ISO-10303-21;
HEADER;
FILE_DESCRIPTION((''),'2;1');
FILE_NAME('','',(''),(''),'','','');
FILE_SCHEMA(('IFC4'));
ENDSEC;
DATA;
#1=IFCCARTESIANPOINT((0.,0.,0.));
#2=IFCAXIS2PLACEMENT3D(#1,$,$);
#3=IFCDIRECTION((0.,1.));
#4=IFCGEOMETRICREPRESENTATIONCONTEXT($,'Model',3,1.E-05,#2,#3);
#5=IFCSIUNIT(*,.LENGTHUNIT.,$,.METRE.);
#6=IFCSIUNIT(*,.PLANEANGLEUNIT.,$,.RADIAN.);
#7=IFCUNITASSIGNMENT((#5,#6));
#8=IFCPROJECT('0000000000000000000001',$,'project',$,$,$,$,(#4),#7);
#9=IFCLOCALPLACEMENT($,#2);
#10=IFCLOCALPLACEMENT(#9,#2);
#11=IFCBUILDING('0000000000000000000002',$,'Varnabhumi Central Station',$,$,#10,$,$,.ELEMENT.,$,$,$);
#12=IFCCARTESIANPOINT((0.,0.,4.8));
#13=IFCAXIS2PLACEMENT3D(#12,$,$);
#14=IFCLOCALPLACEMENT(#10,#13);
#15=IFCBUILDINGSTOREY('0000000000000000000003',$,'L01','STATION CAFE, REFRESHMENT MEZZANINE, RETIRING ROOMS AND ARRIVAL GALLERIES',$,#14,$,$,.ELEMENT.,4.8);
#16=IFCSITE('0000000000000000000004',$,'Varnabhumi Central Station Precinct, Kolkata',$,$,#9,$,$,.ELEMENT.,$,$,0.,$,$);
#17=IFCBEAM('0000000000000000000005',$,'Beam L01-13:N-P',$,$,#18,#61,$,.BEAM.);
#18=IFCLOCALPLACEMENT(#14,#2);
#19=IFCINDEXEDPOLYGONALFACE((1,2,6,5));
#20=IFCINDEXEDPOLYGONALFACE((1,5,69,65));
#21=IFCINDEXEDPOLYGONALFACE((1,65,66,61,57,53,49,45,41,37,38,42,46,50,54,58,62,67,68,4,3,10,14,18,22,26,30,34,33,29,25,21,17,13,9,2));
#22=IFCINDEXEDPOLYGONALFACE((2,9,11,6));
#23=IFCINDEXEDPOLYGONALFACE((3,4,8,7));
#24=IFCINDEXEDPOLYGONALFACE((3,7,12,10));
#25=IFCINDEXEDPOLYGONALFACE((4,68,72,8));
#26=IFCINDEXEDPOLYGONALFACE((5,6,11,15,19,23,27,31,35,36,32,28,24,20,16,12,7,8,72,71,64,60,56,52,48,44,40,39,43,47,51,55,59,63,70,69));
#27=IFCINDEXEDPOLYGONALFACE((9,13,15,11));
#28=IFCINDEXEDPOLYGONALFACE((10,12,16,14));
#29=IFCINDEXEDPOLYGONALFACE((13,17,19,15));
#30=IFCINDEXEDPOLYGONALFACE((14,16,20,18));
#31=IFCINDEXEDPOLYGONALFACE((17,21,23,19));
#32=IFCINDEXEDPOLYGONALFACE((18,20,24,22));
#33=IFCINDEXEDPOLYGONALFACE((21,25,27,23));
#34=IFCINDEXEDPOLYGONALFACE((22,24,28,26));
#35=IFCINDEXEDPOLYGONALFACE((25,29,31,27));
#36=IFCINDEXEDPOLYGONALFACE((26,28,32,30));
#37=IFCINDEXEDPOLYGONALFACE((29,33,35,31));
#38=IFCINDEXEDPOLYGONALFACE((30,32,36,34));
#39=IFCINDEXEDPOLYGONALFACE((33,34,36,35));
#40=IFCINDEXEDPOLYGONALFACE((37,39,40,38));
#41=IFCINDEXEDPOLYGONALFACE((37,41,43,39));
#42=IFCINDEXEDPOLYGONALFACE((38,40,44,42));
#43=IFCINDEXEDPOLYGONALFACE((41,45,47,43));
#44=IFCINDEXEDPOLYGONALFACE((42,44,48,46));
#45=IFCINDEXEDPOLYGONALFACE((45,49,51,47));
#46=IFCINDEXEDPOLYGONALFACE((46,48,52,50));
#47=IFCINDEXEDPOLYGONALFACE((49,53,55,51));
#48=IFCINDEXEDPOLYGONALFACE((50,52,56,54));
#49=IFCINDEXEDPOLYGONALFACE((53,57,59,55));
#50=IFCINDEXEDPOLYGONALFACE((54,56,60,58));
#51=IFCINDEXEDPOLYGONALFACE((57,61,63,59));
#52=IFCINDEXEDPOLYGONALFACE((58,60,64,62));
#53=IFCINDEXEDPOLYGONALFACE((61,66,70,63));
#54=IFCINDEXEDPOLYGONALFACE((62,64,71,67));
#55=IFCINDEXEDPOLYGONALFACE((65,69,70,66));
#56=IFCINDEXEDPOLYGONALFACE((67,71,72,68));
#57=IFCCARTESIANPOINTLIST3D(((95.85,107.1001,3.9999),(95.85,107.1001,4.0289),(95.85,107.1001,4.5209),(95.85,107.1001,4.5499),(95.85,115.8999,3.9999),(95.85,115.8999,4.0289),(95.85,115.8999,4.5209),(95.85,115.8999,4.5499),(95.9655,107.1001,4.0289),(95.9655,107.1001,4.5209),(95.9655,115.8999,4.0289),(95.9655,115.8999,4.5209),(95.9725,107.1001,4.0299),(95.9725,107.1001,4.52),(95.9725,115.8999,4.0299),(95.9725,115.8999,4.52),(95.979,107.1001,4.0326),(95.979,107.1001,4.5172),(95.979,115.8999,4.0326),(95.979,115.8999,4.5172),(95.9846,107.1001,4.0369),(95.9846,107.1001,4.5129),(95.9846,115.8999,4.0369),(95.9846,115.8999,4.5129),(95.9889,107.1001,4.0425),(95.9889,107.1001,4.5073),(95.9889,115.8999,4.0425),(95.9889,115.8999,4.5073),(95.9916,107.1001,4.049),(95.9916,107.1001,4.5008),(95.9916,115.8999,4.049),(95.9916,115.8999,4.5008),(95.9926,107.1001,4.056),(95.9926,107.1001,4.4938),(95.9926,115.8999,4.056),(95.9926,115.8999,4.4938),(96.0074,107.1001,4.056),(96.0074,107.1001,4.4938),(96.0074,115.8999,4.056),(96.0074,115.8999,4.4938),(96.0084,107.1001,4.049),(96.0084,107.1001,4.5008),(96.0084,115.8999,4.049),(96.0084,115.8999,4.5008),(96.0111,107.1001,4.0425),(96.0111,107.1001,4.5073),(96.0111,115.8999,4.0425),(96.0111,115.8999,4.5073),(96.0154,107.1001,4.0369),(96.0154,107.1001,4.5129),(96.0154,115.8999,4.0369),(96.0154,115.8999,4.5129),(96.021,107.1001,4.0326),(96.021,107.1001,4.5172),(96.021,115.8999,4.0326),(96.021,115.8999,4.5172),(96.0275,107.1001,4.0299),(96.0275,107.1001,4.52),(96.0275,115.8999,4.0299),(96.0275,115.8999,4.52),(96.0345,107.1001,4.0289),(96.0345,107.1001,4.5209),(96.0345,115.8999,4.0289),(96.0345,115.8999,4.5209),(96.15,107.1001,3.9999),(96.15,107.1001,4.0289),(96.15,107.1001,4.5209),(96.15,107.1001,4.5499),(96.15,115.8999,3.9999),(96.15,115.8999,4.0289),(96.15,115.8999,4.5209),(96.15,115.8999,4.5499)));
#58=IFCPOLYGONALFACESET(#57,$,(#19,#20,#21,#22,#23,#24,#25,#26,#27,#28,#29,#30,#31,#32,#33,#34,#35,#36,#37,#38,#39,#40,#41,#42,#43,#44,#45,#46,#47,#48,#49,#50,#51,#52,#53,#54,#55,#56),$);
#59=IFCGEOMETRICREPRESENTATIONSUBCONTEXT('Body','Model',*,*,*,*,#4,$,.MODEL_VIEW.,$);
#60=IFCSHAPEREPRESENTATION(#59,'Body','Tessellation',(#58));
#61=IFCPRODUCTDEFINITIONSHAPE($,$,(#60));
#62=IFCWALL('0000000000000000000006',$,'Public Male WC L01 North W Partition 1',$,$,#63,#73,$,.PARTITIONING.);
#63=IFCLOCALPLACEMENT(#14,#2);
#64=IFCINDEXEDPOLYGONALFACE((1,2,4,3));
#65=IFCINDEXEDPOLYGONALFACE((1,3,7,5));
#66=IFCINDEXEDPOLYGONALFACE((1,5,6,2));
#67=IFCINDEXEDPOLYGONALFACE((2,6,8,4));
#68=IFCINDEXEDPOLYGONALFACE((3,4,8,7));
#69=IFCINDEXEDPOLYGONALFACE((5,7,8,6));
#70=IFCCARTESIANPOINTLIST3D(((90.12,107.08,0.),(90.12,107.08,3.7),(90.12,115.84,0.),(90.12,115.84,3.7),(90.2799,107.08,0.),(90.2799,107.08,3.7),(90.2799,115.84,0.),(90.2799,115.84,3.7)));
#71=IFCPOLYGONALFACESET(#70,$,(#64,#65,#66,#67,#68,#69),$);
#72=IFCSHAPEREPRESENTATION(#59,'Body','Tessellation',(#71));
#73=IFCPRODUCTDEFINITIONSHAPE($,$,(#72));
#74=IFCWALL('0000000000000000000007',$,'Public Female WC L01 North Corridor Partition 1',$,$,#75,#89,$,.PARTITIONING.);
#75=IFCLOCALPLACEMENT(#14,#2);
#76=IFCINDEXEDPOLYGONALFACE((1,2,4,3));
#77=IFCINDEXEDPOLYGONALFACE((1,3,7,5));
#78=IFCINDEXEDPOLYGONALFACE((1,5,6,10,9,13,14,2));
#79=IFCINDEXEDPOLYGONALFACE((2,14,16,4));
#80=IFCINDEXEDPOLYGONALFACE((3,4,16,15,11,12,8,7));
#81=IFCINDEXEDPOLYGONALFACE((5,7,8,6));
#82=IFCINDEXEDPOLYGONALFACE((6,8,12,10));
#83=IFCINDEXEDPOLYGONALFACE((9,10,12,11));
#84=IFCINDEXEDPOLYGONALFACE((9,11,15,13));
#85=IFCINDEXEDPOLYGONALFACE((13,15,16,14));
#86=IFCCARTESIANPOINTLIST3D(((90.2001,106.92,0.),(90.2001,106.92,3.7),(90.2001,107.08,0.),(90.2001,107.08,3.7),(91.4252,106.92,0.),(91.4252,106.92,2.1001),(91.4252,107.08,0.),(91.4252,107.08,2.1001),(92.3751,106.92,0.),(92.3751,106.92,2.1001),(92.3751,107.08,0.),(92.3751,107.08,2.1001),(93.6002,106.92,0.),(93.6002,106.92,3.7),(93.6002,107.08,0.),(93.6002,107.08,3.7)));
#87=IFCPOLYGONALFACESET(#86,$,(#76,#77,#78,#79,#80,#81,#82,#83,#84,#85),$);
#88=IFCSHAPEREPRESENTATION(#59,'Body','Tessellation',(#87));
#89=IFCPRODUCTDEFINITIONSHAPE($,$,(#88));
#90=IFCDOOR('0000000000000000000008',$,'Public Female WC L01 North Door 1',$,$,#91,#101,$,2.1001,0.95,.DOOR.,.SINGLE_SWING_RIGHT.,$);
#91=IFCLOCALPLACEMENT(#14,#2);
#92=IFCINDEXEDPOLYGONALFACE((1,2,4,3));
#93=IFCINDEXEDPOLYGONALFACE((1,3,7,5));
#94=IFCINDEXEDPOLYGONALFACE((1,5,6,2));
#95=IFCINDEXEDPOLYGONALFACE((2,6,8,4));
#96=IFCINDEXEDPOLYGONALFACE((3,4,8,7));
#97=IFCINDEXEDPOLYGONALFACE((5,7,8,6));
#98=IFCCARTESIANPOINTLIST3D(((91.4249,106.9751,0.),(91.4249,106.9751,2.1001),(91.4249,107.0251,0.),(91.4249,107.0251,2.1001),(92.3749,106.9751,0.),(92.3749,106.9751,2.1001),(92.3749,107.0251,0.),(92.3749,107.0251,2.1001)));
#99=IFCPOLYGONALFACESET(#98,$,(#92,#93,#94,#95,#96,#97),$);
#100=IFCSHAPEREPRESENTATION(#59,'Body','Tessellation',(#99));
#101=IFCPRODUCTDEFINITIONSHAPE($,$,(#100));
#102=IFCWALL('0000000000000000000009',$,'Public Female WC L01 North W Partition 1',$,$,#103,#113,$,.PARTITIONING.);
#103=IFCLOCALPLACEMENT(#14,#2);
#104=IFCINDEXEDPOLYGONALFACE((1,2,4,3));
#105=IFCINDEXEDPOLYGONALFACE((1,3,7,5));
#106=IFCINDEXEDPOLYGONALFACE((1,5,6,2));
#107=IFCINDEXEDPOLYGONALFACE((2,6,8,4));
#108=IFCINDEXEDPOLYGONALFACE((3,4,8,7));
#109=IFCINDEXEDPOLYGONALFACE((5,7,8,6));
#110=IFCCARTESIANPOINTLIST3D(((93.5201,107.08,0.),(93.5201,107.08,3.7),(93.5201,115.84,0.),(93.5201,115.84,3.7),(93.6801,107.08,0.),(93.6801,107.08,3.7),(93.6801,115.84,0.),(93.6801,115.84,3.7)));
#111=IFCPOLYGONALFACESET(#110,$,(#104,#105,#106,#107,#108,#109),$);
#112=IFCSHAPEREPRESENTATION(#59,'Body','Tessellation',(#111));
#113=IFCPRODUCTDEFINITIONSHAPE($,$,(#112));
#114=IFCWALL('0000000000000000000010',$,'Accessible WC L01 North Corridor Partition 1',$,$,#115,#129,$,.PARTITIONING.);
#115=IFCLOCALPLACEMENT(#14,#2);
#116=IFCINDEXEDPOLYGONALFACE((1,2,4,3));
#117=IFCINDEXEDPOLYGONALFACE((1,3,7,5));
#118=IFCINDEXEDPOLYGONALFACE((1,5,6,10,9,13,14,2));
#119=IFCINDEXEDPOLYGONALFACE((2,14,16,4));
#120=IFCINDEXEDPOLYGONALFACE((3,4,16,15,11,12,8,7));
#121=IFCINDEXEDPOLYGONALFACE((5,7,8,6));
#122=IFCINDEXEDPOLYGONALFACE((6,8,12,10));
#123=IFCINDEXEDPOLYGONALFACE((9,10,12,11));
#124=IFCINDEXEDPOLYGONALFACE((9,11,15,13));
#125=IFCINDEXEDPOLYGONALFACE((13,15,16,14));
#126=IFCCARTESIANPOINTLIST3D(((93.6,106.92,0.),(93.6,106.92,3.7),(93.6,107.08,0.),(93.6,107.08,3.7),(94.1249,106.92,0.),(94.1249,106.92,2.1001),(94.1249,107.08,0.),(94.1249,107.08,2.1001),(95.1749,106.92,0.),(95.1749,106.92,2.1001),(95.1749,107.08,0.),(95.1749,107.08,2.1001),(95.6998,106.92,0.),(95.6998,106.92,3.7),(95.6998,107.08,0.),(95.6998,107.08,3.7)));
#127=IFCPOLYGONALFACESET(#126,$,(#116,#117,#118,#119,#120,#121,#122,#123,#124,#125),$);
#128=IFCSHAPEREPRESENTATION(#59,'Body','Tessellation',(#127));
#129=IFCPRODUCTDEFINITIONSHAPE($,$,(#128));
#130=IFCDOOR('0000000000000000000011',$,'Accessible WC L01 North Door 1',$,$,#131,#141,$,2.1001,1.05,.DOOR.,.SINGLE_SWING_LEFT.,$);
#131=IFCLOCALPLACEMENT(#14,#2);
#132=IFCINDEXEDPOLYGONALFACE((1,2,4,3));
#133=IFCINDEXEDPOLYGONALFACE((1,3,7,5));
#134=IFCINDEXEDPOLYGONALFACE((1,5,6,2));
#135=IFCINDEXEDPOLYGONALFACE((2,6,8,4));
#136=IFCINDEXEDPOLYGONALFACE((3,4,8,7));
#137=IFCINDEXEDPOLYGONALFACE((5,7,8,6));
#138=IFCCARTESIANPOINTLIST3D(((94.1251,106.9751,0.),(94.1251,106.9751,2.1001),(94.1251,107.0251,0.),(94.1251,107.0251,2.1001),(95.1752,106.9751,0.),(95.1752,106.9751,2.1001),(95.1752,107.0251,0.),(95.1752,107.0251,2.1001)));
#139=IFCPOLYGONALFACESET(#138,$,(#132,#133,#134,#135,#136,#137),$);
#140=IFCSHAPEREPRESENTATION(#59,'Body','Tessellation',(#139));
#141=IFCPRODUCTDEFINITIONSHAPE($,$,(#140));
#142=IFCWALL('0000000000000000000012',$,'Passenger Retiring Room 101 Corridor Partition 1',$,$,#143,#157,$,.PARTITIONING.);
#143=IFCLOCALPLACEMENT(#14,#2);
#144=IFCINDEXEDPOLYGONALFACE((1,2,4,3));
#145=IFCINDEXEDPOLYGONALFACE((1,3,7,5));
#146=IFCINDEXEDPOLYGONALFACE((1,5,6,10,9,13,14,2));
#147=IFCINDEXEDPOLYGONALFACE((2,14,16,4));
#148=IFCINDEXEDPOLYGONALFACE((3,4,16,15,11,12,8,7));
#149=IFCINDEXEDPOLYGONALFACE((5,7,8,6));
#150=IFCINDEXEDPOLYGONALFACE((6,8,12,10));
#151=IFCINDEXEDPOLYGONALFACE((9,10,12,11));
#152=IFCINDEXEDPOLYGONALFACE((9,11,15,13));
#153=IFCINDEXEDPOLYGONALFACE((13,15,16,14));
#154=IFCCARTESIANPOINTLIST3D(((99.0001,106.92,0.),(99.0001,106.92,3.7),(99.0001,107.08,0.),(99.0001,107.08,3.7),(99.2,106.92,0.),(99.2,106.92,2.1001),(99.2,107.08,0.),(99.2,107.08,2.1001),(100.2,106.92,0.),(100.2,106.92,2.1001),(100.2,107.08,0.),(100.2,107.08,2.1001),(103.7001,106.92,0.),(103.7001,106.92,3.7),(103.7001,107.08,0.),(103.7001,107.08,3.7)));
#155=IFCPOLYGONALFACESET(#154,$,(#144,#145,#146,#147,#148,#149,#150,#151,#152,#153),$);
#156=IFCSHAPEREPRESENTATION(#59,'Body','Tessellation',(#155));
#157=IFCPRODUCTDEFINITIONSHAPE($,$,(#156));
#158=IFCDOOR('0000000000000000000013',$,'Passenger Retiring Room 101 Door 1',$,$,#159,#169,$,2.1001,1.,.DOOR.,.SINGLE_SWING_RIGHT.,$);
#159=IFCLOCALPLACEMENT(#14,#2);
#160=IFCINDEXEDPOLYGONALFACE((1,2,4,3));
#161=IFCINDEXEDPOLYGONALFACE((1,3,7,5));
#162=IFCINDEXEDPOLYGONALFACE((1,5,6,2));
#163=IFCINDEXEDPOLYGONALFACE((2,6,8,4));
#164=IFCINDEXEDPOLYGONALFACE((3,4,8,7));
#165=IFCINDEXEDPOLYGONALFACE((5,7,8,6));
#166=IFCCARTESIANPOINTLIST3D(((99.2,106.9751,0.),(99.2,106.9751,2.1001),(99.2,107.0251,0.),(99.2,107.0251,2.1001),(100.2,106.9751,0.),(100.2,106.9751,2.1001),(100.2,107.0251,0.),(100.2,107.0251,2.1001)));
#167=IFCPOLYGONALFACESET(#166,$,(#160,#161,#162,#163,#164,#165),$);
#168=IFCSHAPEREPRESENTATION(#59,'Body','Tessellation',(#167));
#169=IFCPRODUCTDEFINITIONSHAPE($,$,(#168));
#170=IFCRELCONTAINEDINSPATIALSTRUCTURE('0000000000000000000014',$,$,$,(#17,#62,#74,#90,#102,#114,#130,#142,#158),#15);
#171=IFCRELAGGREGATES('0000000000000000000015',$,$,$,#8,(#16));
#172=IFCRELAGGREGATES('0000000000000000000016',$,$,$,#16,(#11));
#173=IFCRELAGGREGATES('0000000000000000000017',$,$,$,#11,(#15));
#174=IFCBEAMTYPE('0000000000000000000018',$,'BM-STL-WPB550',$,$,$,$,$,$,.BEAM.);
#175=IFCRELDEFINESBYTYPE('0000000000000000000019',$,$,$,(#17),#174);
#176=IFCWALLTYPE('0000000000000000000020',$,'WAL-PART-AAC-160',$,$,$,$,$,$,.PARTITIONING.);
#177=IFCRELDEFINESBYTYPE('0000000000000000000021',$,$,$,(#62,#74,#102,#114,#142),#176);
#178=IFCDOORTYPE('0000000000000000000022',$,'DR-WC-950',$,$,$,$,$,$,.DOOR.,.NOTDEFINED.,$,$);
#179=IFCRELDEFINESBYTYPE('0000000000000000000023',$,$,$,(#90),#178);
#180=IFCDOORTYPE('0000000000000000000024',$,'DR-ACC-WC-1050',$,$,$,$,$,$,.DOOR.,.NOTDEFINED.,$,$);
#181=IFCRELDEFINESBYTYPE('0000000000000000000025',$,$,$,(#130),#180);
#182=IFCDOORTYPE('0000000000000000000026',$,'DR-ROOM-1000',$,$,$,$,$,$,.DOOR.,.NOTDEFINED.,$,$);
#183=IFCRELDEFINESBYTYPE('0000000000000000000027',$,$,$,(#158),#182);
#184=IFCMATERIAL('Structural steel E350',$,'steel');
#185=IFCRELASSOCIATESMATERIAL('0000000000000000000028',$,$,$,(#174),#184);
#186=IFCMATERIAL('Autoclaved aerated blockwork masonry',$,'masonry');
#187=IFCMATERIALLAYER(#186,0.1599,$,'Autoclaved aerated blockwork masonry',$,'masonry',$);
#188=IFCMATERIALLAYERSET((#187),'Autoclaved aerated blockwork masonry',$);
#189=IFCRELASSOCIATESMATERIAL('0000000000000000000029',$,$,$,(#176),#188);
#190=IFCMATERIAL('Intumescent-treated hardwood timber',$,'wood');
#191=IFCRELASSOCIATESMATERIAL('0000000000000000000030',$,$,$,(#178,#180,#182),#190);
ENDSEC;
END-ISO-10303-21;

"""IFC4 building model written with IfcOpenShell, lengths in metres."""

from ifc_helpers import new_model, si_unit, direction, frame, frame_2d, origin, origin_2d, place, context, subcontext, project, spatial, rectangle, i_section, extrude, material, layer, layer_set, material_profile, profile_set, type_object, element, fill, save


model = new_model("IFC4")

# Units and contexts
model_context = context("Model", 3, precision=1e-05, world=origin(), true_north=direction((0.0, 1.0)))
body_context = subcontext(model_context, "Body", "Model", "MODEL_VIEW")
ifc_project = project(units=[si_unit("LENGTHUNIT", "METRE"), si_unit("PLANEANGLEUNIT", "RADIAN")], contexts=[model_context])

# Site, building, storey
site_placement = place(None, origin())
site = spatial("IfcSite", under=ifc_project, at=site_placement, Name="Varnabhumi Central Station Precinct, Kolkata", CompositionType="ELEMENT", RefElevation=0.0)
building_placement = place(site_placement, origin())
building = spatial("IfcBuilding", under=site, at=building_placement, Name="Varnabhumi Central Station", CompositionType="ELEMENT")
storey_placement = place(building_placement, frame((0.0, 0.0, 4.8)))
storey = spatial("IfcBuildingStorey", under=building, at=storey_placement, Name="L01", Description="STATION CAFE, REFRESHMENT MEZZANINE, RETIRING ROOMS AND ARRIVAL GALLERIES", CompositionType="ELEMENT", Elevation=4.8)

# Beam
ifc_material_1 = material(Name="Structural steel E350", Category="steel")
ifc_material_profile_1 = material_profile(ifc_material_1, i_section(OverallWidth=0.3, OverallDepth=0.55, WebThickness=0.0149, FlangeThickness=0.0291, FilletRadius=0.0271, at=origin_2d()), Name="Structural steel E350", Category="steel")
ifc_profile_set_1 = profile_set([ifc_material_profile_1], Name="Structural steel E350")
beam_type_1 = type_object("IfcBeamType", Name="BM-STL-WPB550", PredefinedType="BEAM", material=ifc_profile_set_1)
for number, where, z_axis, x_axis, name in (
    (1, (96.0, 107.1001, 4.2749), (0.0, 1.0, 0.0), (-1.0, 0.0, 0.0), "Beam L01-13:N-P"),
):
    element("IfcBeam", number, at=place(storey_placement, frame(where, z_axis=z_axis, x_axis=x_axis)), inside=storey, type_object=beam_type_1, Name=name, PredefinedType="BEAM", context=body_context, shape_type="SweptSolid", body=[
        extrude(i_section(OverallWidth=0.3, OverallDepth=0.55, WebThickness=0.0149, FlangeThickness=0.0291, FilletRadius=0.0271, at=origin_2d()), origin(), (0.0, 0.0, 1.0), 8.7998),
    ])

# Wall
ifc_material_2 = material(Name="Autoclaved aerated blockwork masonry", Category="masonry")
ifc_layer = layer(ifc_material_2, 0.1599, Name="Autoclaved aerated blockwork masonry", Category="masonry")
ifc_layer_set = layer_set([ifc_layer], Name="Autoclaved aerated blockwork masonry")
wall_type = type_object("IfcWallType", Name="WAL-PART-AAC-160", PredefinedType="PARTITIONING", material=ifc_layer_set)
wall_1_placement = place(storey_placement, frame((90.2, 107.0801, 0.0), z_axis=(0.0, 0.0, 1.0), x_axis=(0.0, 1.0, 0.0)))
element("IfcWall", 2, at=wall_1_placement, inside=storey, type_object=wall_type, Name="Public Male WC L01 North W Partition 1", PredefinedType="PARTITIONING", context=body_context, shape_type="SweptSolid", body=[
    extrude(rectangle(XDim=8.76, YDim=0.1599, at=frame_2d((4.3799, 0.0))), origin(), (0.0, 0.0, 1.0), 3.7),
])

# Wall, opening, door
wall_2_placement = place(storey_placement, frame((90.2, 107.0, 0.0), z_axis=(0.0, 0.0, 1.0), x_axis=(1.0, 0.0, 0.0)))
wall_2 = element("IfcWall", 3, at=wall_2_placement, inside=storey, type_object=wall_type, Name="Public Female WC L01 North Corridor Partition 1", PredefinedType="PARTITIONING", context=body_context, shape_type="SweptSolid", body=[
    extrude(rectangle(XDim=3.4001, YDim=0.1599, at=frame_2d((1.7002, 0.0))), origin(), (0.0, 0.0, 1.0), 3.7),
])
opening_1_placement = place(wall_2_placement, frame((1.2251, 0.0, 0.0)))
opening_1 = element("IfcOpeningElement", 4, at=opening_1_placement, cuts=wall_2, PredefinedType="OPENING", context=body_context, shape_type="SweptSolid", body=[
    extrude(rectangle(XDim=0.95, YDim=2.1001, at=frame_2d((0.4751, 1.05))), frame((0.0, 0.0898, 0.0), z_axis=(0.0, -1.0, 0.0), x_axis=(1.0, 0.0, 0.0)), (0.0, 0.0, 1.0), 0.1799),
])
ifc_material_3 = material(Name="Intumescent-treated hardwood timber", Category="wood")
door_type_1 = type_object("IfcDoorType", Name="DR-WC-950", OperationType="NOTDEFINED", PredefinedType="DOOR", material=ifc_material_3)
door_1_placement = place(opening_1_placement, frame((0.95, 0.0, 0.0), z_axis=(0.0, 0.0, 1.0), x_axis=(-1.0, 0.0, 0.0)))
door_1 = element("IfcDoor", 5, at=door_1_placement, inside=storey, type_object=door_type_1, Name="Public Female WC L01 North Door 1", OperationType="SINGLE_SWING_RIGHT", OverallHeight=2.1001, OverallWidth=0.95, PredefinedType="DOOR", context=body_context, shape_type="SweptSolid", body=[
    extrude(rectangle(XDim=0.95, YDim=2.1001, at=frame_2d((0.4751, 1.05))), frame((0.0, 0.0249, 0.0), z_axis=(0.0, -1.0, 0.0), x_axis=(1.0, 0.0, 0.0)), (0.0, 0.0, 1.0), 0.05),
])
fill(opening_1, door_1)

# Wall
wall_3_placement = place(storey_placement, frame((93.6001, 107.0801, 0.0), z_axis=(0.0, 0.0, 1.0), x_axis=(0.0, 1.0, 0.0)))
element("IfcWall", 6, at=wall_3_placement, inside=storey, type_object=wall_type, Name="Public Female WC L01 North W Partition 1", PredefinedType="PARTITIONING", context=body_context, shape_type="SweptSolid", body=[
    extrude(rectangle(XDim=8.76, YDim=0.1599, at=frame_2d((4.3799, 0.0))), origin(), (0.0, 0.0, 1.0), 3.7),
])

# Walls, openings, doors
wall_4_placement = place(storey_placement, frame((93.6001, 107.0, 0.0), z_axis=(0.0, 0.0, 1.0), x_axis=(1.0, 0.0, 0.0)))
wall_4 = element("IfcWall", 7, at=wall_4_placement, inside=storey, type_object=wall_type, Name="Accessible WC L01 North Corridor Partition 1", PredefinedType="PARTITIONING", context=body_context, shape_type="SweptSolid", body=[
    extrude(rectangle(XDim=2.0999, YDim=0.1599, at=frame_2d((1.0498, 0.0))), origin(), (0.0, 0.0, 1.0), 3.7),
])
opening_2_placement = place(wall_4_placement, frame((0.5249, 0.0, 0.0)))
opening_2 = element("IfcOpeningElement", 8, at=opening_2_placement, cuts=wall_4, PredefinedType="OPENING", context=body_context, shape_type="SweptSolid", body=[
    extrude(rectangle(XDim=1.05, YDim=2.1001, at=frame_2d((0.5249, 1.05))), frame((0.0, 0.0898, 0.0), z_axis=(0.0, -1.0, 0.0), x_axis=(1.0, 0.0, 0.0)), (0.0, 0.0, 1.0), 0.1799),
])
door_type_2 = type_object("IfcDoorType", Name="DR-ACC-WC-1050", OperationType="NOTDEFINED", PredefinedType="DOOR", material=ifc_material_3)
door_2_placement = place(opening_2_placement, frame((1.05, 0.0, 0.0), z_axis=(0.0, 0.0, 1.0), x_axis=(-1.0, 0.0, 0.0)))
door_2 = element("IfcDoor", 9, at=door_2_placement, inside=storey, type_object=door_type_2, Name="Accessible WC L01 North Door 1", OperationType="SINGLE_SWING_LEFT", OverallHeight=2.1001, OverallWidth=1.05, PredefinedType="DOOR", context=body_context, shape_type="SweptSolid", body=[
    extrude(rectangle(XDim=1.05, YDim=2.1001, at=frame_2d((0.5249, 1.05))), frame((0.0, 0.0249, 0.0), z_axis=(0.0, -1.0, 0.0), x_axis=(1.0, 0.0, 0.0)), (0.0, 0.0, 1.0), 0.05),
])
fill(opening_2, door_2)
wall_5_placement = place(storey_placement, frame((99.0, 107.0, 0.0), z_axis=(0.0, 0.0, 1.0), x_axis=(1.0, 0.0, 0.0)))
wall_5 = element("IfcWall", 10, at=wall_5_placement, inside=storey, type_object=wall_type, Name="Passenger Retiring Room 101 Corridor Partition 1", PredefinedType="PARTITIONING", context=body_context, shape_type="SweptSolid", body=[
    extrude(rectangle(XDim=4.7, YDim=0.1599, at=frame_2d((2.3501, 0.0))), origin(), (0.0, 0.0, 1.0), 3.7),
])
opening_3_placement = place(wall_5_placement, frame((0.2, 0.0, 0.0)))
opening_3 = element("IfcOpeningElement", 11, at=opening_3_placement, cuts=wall_5, PredefinedType="OPENING", context=body_context, shape_type="SweptSolid", body=[
    extrude(rectangle(XDim=1.0, YDim=2.1001, at=frame_2d((0.5, 1.05))), frame((0.0, 0.0898, 0.0), z_axis=(0.0, -1.0, 0.0), x_axis=(1.0, 0.0, 0.0)), (0.0, 0.0, 1.0), 0.1799),
])
door_type_3 = type_object("IfcDoorType", Name="DR-ROOM-1000", OperationType="NOTDEFINED", PredefinedType="DOOR", material=ifc_material_3)
door_3_placement = place(opening_3_placement, frame((1.0, 0.0, 0.0), z_axis=(0.0, 0.0, 1.0), x_axis=(-1.0, 0.0, 0.0)))
door_3 = element("IfcDoor", 12, at=door_3_placement, inside=storey, type_object=door_type_3, Name="Passenger Retiring Room 101 Door 1", OperationType="SINGLE_SWING_RIGHT", OverallHeight=2.1001, OverallWidth=1.0, PredefinedType="DOOR", context=body_context, shape_type="SweptSolid", body=[
    extrude(rectangle(XDim=1.0, YDim=2.1001, at=frame_2d((0.5, 1.05))), frame((0.0, 0.0249, 0.0), z_axis=(0.0, -1.0, 0.0), x_axis=(1.0, 0.0, 0.0)), (0.0, 0.0, 1.0), 0.05),
])
fill(opening_3, door_3)

save(model, "model.ifc")
